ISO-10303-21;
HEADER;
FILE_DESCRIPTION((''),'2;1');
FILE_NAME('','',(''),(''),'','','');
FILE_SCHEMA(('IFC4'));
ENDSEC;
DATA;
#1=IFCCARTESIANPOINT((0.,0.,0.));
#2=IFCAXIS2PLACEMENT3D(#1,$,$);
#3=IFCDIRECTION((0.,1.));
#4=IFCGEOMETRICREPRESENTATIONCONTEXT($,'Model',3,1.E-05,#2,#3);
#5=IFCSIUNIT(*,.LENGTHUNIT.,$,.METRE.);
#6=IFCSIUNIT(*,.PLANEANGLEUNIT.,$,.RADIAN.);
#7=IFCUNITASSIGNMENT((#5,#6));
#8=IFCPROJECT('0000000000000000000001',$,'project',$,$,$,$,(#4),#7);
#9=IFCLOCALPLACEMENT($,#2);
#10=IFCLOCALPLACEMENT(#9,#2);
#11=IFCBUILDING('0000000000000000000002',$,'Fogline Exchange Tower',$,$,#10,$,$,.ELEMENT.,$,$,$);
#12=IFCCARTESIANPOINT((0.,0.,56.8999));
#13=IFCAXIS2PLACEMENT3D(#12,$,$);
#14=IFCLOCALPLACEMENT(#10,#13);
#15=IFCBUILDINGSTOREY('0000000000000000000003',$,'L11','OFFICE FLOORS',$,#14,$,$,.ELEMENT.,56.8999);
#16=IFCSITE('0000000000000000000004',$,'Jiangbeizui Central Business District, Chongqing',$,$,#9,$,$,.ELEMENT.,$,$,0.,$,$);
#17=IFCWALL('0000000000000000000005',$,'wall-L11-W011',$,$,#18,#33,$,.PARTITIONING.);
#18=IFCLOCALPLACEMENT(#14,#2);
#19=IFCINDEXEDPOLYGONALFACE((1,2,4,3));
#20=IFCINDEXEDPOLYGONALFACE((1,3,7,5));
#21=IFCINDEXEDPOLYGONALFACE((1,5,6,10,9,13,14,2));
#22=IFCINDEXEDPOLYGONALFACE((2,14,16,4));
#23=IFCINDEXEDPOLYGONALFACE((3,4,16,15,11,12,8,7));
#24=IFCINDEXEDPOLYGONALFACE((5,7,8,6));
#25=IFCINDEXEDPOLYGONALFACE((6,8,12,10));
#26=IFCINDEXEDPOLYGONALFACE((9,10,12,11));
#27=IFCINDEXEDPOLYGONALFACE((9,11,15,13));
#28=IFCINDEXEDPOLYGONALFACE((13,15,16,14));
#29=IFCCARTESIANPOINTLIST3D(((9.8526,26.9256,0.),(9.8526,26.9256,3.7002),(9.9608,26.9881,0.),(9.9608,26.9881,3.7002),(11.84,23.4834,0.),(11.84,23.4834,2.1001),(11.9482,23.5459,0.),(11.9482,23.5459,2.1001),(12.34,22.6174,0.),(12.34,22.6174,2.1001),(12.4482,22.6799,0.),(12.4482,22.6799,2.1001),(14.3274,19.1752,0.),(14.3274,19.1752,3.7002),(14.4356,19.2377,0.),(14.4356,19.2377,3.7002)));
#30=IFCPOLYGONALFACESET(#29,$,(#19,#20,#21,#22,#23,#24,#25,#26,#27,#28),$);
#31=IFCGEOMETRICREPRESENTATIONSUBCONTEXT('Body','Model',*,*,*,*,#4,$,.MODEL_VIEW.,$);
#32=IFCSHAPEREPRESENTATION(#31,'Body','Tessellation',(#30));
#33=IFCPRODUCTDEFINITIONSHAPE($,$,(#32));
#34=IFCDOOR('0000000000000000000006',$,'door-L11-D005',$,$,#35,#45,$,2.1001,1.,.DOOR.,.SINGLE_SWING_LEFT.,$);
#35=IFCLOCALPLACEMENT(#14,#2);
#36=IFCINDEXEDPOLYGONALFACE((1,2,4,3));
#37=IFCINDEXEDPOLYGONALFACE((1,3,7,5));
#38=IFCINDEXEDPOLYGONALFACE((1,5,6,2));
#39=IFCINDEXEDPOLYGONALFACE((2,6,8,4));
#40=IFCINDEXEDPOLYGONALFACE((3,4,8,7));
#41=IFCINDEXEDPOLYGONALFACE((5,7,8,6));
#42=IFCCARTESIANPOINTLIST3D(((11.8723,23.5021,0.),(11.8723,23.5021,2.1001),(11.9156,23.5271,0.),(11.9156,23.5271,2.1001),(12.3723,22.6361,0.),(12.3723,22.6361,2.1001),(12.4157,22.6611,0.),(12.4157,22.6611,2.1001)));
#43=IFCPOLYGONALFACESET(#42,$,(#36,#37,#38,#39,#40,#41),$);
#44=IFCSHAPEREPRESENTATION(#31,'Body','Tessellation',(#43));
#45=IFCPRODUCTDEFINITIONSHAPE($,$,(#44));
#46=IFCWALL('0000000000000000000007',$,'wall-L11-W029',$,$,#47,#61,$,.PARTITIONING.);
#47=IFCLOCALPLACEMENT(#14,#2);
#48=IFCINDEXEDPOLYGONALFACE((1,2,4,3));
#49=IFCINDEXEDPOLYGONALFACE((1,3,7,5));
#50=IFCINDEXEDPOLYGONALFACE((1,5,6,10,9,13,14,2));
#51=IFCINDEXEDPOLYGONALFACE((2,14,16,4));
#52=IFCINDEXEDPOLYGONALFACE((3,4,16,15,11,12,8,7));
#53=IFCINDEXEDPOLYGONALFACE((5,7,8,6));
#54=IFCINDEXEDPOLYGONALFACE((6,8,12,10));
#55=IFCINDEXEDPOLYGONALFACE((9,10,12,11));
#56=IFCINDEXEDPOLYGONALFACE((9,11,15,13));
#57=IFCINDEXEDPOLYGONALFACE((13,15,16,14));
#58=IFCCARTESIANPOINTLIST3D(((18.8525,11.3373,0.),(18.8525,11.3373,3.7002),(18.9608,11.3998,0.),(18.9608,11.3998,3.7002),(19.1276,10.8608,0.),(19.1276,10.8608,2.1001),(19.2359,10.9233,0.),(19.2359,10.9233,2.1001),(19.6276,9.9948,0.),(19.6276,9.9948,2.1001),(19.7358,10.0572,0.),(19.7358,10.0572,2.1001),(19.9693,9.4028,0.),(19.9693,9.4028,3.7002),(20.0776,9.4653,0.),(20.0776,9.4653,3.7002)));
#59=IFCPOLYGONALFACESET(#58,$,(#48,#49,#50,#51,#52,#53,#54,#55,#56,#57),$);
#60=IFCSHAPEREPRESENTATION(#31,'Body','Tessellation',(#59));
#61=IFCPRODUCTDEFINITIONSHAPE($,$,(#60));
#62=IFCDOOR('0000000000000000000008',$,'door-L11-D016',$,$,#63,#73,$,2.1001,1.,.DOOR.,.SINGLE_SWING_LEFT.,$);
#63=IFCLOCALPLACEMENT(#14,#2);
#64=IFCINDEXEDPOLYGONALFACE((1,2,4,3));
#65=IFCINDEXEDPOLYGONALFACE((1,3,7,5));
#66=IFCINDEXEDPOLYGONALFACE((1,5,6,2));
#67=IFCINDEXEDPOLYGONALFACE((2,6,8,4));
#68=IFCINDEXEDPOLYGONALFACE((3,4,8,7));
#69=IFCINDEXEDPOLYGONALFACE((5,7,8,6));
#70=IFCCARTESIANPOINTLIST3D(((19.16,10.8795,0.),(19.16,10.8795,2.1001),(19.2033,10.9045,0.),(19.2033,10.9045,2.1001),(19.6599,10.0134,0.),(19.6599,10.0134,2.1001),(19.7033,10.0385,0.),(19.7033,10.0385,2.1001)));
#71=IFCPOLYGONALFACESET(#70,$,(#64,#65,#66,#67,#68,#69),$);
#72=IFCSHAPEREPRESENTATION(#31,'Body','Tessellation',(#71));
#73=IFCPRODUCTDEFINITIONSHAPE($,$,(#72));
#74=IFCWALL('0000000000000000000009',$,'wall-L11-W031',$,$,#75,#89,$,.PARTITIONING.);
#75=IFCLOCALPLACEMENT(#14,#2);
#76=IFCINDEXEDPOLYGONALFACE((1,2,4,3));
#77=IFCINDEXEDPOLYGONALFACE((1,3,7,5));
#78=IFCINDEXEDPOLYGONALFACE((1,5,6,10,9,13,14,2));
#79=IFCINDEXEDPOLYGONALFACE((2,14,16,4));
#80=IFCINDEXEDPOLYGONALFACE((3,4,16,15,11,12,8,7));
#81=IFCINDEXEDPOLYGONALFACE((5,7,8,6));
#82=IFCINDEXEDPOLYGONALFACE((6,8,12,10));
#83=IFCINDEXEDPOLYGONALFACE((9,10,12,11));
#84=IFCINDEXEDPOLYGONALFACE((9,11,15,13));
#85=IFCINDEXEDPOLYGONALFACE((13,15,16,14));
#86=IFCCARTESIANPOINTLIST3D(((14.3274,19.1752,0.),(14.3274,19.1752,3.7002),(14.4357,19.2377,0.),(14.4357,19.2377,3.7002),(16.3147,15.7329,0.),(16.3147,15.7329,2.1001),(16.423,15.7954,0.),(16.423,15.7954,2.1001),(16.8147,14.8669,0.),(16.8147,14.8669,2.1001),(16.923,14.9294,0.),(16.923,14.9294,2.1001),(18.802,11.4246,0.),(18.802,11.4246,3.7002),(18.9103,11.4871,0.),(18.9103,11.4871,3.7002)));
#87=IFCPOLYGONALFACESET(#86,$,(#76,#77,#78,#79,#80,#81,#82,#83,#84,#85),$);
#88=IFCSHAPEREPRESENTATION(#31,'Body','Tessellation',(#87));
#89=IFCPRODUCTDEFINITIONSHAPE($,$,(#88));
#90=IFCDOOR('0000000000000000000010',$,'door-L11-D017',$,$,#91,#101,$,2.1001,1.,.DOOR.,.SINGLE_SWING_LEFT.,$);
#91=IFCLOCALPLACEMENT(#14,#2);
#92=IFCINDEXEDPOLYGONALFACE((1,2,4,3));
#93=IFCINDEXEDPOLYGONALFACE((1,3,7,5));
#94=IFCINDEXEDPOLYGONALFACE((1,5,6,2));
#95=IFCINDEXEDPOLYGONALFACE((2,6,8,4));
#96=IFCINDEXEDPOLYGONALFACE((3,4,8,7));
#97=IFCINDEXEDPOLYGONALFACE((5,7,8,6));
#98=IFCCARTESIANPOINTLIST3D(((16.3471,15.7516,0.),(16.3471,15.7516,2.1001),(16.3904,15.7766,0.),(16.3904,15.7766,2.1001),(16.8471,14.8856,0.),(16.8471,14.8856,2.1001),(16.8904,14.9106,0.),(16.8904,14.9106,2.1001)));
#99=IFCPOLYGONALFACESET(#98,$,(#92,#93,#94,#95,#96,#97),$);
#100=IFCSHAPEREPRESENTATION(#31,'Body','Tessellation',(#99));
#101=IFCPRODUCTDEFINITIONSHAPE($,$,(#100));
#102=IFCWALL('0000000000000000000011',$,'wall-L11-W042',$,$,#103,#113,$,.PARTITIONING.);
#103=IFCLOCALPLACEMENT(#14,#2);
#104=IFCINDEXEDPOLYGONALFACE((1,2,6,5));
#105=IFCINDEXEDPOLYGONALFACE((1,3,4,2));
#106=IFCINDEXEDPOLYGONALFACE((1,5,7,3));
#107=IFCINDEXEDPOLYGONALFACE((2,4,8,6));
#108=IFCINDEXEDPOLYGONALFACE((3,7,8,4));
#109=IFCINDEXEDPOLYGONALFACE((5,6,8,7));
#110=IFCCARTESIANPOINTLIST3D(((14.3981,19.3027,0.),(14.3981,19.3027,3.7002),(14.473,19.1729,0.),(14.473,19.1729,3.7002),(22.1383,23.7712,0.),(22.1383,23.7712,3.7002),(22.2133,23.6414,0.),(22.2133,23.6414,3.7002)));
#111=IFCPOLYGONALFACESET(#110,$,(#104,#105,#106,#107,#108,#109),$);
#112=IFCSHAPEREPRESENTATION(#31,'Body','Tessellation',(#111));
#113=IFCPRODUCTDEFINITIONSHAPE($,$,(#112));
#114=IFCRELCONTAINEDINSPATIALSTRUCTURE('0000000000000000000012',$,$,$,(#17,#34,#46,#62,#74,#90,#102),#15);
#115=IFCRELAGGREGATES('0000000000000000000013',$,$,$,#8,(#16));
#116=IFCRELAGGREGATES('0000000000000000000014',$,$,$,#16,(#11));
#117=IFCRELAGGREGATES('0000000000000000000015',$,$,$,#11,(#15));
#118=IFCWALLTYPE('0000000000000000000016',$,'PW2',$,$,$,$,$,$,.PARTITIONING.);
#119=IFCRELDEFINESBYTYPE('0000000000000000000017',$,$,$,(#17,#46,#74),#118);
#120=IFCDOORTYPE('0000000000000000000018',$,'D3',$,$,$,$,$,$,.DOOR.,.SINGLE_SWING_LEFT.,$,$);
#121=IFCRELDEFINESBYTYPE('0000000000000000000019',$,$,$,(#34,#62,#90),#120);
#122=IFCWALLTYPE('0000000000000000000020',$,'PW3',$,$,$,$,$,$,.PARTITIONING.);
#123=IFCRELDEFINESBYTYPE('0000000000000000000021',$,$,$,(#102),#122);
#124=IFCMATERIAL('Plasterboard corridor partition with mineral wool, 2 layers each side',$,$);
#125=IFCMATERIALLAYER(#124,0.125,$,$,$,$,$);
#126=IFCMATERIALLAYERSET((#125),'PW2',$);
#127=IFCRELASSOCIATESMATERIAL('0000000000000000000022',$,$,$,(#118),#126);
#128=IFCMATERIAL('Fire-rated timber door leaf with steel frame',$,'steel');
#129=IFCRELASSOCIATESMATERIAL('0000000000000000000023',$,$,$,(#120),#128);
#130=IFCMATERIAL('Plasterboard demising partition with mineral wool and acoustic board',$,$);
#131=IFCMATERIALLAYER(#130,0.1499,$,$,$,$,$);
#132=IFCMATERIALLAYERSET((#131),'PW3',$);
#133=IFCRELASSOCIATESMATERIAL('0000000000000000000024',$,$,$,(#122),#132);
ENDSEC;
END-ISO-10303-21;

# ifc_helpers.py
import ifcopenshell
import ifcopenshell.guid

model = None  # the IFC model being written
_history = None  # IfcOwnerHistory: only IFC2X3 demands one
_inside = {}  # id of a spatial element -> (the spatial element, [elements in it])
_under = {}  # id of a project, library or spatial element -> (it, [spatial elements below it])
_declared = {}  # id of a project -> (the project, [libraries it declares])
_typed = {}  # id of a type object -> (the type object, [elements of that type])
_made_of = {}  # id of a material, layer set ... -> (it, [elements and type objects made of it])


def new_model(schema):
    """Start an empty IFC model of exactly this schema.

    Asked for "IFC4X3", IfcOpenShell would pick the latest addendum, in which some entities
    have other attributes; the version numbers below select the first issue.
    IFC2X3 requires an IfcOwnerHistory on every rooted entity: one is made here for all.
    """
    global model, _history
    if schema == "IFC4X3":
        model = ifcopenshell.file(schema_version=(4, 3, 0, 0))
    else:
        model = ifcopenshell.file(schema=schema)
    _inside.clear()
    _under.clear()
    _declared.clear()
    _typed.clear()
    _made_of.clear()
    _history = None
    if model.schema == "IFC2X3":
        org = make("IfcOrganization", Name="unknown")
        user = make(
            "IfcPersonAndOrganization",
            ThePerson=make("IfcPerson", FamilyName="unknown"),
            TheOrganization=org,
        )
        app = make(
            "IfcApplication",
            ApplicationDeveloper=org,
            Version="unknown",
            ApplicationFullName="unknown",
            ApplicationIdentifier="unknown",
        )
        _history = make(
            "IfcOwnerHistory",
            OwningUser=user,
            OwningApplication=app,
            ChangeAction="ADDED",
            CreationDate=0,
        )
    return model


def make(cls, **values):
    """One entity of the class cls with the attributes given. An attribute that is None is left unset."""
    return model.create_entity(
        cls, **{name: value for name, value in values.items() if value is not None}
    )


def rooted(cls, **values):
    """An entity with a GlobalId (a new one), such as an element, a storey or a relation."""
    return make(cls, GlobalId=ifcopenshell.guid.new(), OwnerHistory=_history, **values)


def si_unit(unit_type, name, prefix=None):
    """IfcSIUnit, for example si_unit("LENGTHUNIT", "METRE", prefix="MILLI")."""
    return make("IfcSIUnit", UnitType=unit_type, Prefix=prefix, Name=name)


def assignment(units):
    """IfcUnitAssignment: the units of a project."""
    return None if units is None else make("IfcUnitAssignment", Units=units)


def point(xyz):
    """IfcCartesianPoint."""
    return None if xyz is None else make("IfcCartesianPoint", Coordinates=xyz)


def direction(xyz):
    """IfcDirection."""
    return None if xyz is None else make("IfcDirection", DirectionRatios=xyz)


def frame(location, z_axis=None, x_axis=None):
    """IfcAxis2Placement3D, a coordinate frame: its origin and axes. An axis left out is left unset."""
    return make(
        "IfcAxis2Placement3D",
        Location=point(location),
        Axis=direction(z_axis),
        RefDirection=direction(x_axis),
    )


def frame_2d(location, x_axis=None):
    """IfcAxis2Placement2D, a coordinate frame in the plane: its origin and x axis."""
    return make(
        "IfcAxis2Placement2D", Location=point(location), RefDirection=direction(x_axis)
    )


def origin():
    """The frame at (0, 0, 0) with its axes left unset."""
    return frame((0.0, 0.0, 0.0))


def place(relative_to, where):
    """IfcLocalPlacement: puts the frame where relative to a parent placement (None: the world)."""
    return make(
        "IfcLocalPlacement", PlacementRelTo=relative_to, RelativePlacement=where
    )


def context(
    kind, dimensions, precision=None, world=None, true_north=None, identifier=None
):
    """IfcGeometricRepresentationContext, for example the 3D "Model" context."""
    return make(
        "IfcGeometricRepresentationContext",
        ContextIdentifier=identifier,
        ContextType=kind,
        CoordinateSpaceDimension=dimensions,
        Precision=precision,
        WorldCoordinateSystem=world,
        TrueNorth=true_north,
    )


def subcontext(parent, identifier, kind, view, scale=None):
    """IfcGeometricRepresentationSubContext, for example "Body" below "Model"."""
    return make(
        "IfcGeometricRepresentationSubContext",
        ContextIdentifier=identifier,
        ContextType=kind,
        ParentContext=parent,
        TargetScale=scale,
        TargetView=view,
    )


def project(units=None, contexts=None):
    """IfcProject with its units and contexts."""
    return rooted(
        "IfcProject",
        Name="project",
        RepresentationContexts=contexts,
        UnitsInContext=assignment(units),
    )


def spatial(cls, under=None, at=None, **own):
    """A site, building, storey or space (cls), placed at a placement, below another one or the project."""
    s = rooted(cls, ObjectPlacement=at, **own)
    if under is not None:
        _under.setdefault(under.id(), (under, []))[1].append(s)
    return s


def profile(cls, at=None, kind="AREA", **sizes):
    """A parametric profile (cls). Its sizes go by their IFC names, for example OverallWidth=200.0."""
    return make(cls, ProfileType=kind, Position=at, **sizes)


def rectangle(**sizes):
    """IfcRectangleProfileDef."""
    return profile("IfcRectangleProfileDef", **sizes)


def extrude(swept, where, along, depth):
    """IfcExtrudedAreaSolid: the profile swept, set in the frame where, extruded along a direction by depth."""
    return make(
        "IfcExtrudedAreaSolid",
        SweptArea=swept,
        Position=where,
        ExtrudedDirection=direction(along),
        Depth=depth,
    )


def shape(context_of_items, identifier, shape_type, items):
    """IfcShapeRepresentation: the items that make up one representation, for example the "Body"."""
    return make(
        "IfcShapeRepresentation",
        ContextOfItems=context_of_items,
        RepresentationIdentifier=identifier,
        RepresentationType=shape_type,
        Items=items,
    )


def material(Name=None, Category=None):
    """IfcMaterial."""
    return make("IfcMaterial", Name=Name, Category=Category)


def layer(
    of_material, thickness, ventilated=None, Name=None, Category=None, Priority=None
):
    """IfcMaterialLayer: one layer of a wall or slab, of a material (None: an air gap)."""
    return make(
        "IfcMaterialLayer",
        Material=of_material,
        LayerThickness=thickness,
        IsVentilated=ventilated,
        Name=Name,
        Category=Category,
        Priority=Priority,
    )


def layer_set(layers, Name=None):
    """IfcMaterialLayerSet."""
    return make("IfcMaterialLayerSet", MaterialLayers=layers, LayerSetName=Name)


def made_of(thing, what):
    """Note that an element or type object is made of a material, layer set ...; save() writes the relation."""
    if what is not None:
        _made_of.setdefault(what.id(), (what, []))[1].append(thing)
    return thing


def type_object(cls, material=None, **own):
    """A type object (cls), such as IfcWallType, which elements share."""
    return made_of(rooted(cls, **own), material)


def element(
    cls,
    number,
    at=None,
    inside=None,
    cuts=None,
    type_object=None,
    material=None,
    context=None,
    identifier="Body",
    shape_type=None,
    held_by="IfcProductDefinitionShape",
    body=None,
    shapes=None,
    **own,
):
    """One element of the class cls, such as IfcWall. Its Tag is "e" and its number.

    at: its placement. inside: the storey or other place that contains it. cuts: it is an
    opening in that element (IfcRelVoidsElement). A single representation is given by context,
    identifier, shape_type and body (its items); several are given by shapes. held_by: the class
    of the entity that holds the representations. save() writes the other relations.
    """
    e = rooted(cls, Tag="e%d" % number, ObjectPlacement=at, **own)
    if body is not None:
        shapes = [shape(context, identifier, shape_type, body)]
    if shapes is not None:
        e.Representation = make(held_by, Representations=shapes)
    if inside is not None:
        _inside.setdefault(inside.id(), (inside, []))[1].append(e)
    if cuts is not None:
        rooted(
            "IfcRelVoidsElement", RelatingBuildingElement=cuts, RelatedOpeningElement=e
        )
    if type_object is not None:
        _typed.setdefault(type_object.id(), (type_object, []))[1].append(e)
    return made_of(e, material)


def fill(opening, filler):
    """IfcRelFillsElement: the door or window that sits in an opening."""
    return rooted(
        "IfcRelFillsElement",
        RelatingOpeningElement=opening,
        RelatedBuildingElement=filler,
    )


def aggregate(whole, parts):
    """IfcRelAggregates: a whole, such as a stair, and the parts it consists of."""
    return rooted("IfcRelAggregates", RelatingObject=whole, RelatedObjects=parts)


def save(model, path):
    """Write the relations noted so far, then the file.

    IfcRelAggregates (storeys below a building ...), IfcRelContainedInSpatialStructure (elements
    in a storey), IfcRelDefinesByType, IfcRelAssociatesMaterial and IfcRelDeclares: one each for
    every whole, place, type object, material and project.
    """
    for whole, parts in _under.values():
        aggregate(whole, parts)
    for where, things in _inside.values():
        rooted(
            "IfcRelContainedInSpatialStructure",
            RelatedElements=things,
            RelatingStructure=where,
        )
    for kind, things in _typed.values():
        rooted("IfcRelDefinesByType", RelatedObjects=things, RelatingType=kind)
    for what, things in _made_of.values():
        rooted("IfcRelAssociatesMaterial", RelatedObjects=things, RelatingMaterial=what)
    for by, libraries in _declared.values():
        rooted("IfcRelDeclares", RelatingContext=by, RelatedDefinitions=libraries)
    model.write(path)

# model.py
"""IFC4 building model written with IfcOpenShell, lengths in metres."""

from ifc_helpers import new_model, si_unit, direction, frame, frame_2d, origin, place, context, subcontext, project, spatial, rectangle, extrude, material, layer, layer_set, type_object, element, fill, save


model = new_model("IFC4")

# Units and contexts
model_context = context("Model", 3, precision=1e-05, world=origin(), true_north=direction((0.0, 1.0)))
body_context = subcontext(model_context, "Body", "Model", "MODEL_VIEW")
ifc_project = project(units=[si_unit("LENGTHUNIT", "METRE"), si_unit("PLANEANGLEUNIT", "RADIAN")], contexts=[model_context])

# Site, building, storey
site_placement = place(None, origin())
site = spatial("IfcSite", under=ifc_project, at=site_placement, Name="Jiangbeizui Central Business District, Chongqing", CompositionType="ELEMENT", RefElevation=0.0)
building_placement = place(site_placement, origin())
building = spatial("IfcBuilding", under=site, at=building_placement, Name="Fogline Exchange Tower", CompositionType="ELEMENT")
storey_placement = place(building_placement, frame((0.0, 0.0, 56.8999)))
storey = spatial("IfcBuildingStorey", under=building, at=storey_placement, Name="L11", Description="OFFICE FLOORS", CompositionType="ELEMENT", Elevation=56.8999)

# Shared definitions
ifc_material_1 = material(Name="Plasterboard corridor partition with mineral wool, 2 layers each side")
ifc_layer_1 = layer(ifc_material_1, 0.125)
ifc_layer_set_1 = layer_set([ifc_layer_1], Name="PW2")
wall_type_1 = type_object("IfcWallType", Name="PW2", PredefinedType="PARTITIONING", material=ifc_layer_set_1)

# Walls, openings, doors
wall_1_placement = place(storey_placement, frame((9.9067, 26.9568, 0.0), z_axis=(0.0, 0.0, 1.0), x_axis=(0.500009, -0.86602, 0.0)))
wall_1 = element("IfcWall", 1, at=wall_1_placement, inside=storey, type_object=wall_type_1, Name="wall-L11-W011", PredefinedType="PARTITIONING", context=body_context, shape_type="SweptSolid", body=[
    extrude(rectangle(XDim=8.9495, YDim=0.125, at=frame_2d((4.4746, 0.0))), origin(), (0.0, 0.0, 1.0), 3.7002),
])
opening_1_placement = place(wall_1_placement, frame((3.9746, 0.0, 0.0)))
opening_1 = element("IfcOpeningElement", 2, at=opening_1_placement, cuts=wall_1, PredefinedType="OPENING", context=body_context, shape_type="SweptSolid", body=[
    extrude(rectangle(XDim=1.0, YDim=2.1001, at=frame_2d((0.5, 1.05))), frame((0.0, 0.0725, 0.0), z_axis=(0.0, -1.0, 0.0), x_axis=(1.0, 0.0, 0.0)), (0.0, 0.0, 1.0), 0.145),
])
ifc_material_2 = material(Name="Fire-rated timber door leaf with steel frame", Category="steel")
door_type = type_object("IfcDoorType", Name="D3", OperationType="SINGLE_SWING_LEFT", PredefinedType="DOOR", material=ifc_material_2)
door_1_placement = place(opening_1_placement, origin())
door_1 = element("IfcDoor", 3, at=door_1_placement, inside=storey, type_object=door_type, Name="door-L11-D005", OperationType="SINGLE_SWING_LEFT", OverallHeight=2.1001, OverallWidth=1.0, PredefinedType="DOOR", context=body_context, shape_type="SweptSolid", body=[
    extrude(rectangle(XDim=1.0, YDim=2.1001, at=frame_2d((0.5, 1.05))), frame((0.0, 0.0249, 0.0), z_axis=(0.0, -1.0, 0.0), x_axis=(1.0, 0.0, 0.0)), (0.0, 0.0, 1.0), 0.05),
])
fill(opening_1, door_1)
wall_2_placement = place(storey_placement, frame((18.9067, 11.3684, 0.0), z_axis=(0.0, 0.0, 1.0), x_axis=(0.499972, -0.866042, 0.0)))
wall_2 = element("IfcWall", 4, at=wall_2_placement, inside=storey, type_object=wall_type_1, Name="wall-L11-W029", PredefinedType="PARTITIONING", context=body_context, shape_type="SweptSolid", body=[
    extrude(rectangle(XDim=2.2336, YDim=0.125, at=frame_2d((1.1167, 0.0))), origin(), (0.0, 0.0, 1.0), 3.7002),
])
opening_2_placement = place(wall_2_placement, frame((0.55, 0.0, 0.0)))
opening_2 = element("IfcOpeningElement", 5, at=opening_2_placement, cuts=wall_2, PredefinedType="OPENING", context=body_context, shape_type="SweptSolid", body=[
    extrude(rectangle(XDim=1.0, YDim=2.1001, at=frame_2d((0.5, 1.05))), frame((0.0, 0.0725, 0.0), z_axis=(0.0, -1.0, 0.0), x_axis=(1.0, 0.0, 0.0)), (0.0, 0.0, 1.0), 0.145),
])
door_2_placement = place(opening_2_placement, origin())
door_2 = element("IfcDoor", 6, at=door_2_placement, inside=storey, type_object=door_type, Name="door-L11-D016", OperationType="SINGLE_SWING_LEFT", OverallHeight=2.1001, OverallWidth=1.0, PredefinedType="DOOR", context=body_context, shape_type="SweptSolid", body=[
    extrude(rectangle(XDim=1.0, YDim=2.1001, at=frame_2d((0.5, 1.05))), frame((0.0, 0.0249, 0.0), z_axis=(0.0, -1.0, 0.0), x_axis=(1.0, 0.0, 0.0)), (0.0, 0.0, 1.0), 0.05),
])
fill(opening_2, door_2)
wall_3_placement = place(storey_placement, frame((14.3816, 19.2063, 0.0), z_axis=(0.0, 0.0, 1.0), x_axis=(0.499989, -0.866032, 0.0)))
wall_3 = element("IfcWall", 7, at=wall_3_placement, inside=storey, type_object=wall_type_1, Name="wall-L11-W031", PredefinedType="PARTITIONING", context=body_context, shape_type="SweptSolid", body=[
    extrude(rectangle(XDim=8.9495, YDim=0.125, at=frame_2d((4.4746, 0.0))), origin(), (0.0, 0.0, 1.0), 3.7002),
])
opening_3_placement = place(wall_3_placement, frame((3.9746, 0.0, 0.0)))
opening_3 = element("IfcOpeningElement", 8, at=opening_3_placement, cuts=wall_3, PredefinedType="OPENING", context=body_context, shape_type="SweptSolid", body=[
    extrude(rectangle(XDim=1.0, YDim=2.1001, at=frame_2d((0.5, 1.05))), frame((0.0, 0.0725, 0.0), z_axis=(0.0, -1.0, 0.0), x_axis=(1.0, 0.0, 0.0)), (0.0, 0.0, 1.0), 0.145),
])
door_3_placement = place(opening_3_placement, origin())
door_3 = element("IfcDoor", 9, at=door_3_placement, inside=storey, type_object=door_type, Name="door-L11-D017", OperationType="SINGLE_SWING_LEFT", OverallHeight=2.1001, OverallWidth=1.0, PredefinedType="DOOR", context=body_context, shape_type="SweptSolid", body=[
    extrude(rectangle(XDim=1.0, YDim=2.1001, at=frame_2d((0.5, 1.05))), frame((0.0, 0.0249, 0.0), z_axis=(0.0, -1.0, 0.0), x_axis=(1.0, 0.0, 0.0)), (0.0, 0.0, 1.0), 0.05),
])
fill(opening_3, door_3)

# Wall
ifc_material_3 = material(Name="Plasterboard demising partition with mineral wool and acoustic board")
ifc_layer_2 = layer(ifc_material_3, 0.1499)
ifc_layer_set_2 = layer_set([ifc_layer_2], Name="PW3")
wall_type_2 = type_object("IfcWallType", Name="PW3", PredefinedType="PARTITIONING", material=ifc_layer_set_2)
wall_4_placement = place(storey_placement, frame((22.1758, 23.7063, 0.0), z_axis=(0.0, 0.0, 1.0), x_axis=(-0.866041, -0.499973, 0.0)))
element("IfcWall", 10, at=wall_4_placement, inside=storey, type_object=wall_type_2, Name="wall-L11-W042", PredefinedType="PARTITIONING", context=body_context, shape_type="SweptSolid", body=[
    extrude(rectangle(XDim=8.9375, YDim=0.1499, at=frame_2d((4.4688, 0.0))), origin(), (0.0, 0.0, 1.0), 3.7002),
])

save(model, "model.ifc")
